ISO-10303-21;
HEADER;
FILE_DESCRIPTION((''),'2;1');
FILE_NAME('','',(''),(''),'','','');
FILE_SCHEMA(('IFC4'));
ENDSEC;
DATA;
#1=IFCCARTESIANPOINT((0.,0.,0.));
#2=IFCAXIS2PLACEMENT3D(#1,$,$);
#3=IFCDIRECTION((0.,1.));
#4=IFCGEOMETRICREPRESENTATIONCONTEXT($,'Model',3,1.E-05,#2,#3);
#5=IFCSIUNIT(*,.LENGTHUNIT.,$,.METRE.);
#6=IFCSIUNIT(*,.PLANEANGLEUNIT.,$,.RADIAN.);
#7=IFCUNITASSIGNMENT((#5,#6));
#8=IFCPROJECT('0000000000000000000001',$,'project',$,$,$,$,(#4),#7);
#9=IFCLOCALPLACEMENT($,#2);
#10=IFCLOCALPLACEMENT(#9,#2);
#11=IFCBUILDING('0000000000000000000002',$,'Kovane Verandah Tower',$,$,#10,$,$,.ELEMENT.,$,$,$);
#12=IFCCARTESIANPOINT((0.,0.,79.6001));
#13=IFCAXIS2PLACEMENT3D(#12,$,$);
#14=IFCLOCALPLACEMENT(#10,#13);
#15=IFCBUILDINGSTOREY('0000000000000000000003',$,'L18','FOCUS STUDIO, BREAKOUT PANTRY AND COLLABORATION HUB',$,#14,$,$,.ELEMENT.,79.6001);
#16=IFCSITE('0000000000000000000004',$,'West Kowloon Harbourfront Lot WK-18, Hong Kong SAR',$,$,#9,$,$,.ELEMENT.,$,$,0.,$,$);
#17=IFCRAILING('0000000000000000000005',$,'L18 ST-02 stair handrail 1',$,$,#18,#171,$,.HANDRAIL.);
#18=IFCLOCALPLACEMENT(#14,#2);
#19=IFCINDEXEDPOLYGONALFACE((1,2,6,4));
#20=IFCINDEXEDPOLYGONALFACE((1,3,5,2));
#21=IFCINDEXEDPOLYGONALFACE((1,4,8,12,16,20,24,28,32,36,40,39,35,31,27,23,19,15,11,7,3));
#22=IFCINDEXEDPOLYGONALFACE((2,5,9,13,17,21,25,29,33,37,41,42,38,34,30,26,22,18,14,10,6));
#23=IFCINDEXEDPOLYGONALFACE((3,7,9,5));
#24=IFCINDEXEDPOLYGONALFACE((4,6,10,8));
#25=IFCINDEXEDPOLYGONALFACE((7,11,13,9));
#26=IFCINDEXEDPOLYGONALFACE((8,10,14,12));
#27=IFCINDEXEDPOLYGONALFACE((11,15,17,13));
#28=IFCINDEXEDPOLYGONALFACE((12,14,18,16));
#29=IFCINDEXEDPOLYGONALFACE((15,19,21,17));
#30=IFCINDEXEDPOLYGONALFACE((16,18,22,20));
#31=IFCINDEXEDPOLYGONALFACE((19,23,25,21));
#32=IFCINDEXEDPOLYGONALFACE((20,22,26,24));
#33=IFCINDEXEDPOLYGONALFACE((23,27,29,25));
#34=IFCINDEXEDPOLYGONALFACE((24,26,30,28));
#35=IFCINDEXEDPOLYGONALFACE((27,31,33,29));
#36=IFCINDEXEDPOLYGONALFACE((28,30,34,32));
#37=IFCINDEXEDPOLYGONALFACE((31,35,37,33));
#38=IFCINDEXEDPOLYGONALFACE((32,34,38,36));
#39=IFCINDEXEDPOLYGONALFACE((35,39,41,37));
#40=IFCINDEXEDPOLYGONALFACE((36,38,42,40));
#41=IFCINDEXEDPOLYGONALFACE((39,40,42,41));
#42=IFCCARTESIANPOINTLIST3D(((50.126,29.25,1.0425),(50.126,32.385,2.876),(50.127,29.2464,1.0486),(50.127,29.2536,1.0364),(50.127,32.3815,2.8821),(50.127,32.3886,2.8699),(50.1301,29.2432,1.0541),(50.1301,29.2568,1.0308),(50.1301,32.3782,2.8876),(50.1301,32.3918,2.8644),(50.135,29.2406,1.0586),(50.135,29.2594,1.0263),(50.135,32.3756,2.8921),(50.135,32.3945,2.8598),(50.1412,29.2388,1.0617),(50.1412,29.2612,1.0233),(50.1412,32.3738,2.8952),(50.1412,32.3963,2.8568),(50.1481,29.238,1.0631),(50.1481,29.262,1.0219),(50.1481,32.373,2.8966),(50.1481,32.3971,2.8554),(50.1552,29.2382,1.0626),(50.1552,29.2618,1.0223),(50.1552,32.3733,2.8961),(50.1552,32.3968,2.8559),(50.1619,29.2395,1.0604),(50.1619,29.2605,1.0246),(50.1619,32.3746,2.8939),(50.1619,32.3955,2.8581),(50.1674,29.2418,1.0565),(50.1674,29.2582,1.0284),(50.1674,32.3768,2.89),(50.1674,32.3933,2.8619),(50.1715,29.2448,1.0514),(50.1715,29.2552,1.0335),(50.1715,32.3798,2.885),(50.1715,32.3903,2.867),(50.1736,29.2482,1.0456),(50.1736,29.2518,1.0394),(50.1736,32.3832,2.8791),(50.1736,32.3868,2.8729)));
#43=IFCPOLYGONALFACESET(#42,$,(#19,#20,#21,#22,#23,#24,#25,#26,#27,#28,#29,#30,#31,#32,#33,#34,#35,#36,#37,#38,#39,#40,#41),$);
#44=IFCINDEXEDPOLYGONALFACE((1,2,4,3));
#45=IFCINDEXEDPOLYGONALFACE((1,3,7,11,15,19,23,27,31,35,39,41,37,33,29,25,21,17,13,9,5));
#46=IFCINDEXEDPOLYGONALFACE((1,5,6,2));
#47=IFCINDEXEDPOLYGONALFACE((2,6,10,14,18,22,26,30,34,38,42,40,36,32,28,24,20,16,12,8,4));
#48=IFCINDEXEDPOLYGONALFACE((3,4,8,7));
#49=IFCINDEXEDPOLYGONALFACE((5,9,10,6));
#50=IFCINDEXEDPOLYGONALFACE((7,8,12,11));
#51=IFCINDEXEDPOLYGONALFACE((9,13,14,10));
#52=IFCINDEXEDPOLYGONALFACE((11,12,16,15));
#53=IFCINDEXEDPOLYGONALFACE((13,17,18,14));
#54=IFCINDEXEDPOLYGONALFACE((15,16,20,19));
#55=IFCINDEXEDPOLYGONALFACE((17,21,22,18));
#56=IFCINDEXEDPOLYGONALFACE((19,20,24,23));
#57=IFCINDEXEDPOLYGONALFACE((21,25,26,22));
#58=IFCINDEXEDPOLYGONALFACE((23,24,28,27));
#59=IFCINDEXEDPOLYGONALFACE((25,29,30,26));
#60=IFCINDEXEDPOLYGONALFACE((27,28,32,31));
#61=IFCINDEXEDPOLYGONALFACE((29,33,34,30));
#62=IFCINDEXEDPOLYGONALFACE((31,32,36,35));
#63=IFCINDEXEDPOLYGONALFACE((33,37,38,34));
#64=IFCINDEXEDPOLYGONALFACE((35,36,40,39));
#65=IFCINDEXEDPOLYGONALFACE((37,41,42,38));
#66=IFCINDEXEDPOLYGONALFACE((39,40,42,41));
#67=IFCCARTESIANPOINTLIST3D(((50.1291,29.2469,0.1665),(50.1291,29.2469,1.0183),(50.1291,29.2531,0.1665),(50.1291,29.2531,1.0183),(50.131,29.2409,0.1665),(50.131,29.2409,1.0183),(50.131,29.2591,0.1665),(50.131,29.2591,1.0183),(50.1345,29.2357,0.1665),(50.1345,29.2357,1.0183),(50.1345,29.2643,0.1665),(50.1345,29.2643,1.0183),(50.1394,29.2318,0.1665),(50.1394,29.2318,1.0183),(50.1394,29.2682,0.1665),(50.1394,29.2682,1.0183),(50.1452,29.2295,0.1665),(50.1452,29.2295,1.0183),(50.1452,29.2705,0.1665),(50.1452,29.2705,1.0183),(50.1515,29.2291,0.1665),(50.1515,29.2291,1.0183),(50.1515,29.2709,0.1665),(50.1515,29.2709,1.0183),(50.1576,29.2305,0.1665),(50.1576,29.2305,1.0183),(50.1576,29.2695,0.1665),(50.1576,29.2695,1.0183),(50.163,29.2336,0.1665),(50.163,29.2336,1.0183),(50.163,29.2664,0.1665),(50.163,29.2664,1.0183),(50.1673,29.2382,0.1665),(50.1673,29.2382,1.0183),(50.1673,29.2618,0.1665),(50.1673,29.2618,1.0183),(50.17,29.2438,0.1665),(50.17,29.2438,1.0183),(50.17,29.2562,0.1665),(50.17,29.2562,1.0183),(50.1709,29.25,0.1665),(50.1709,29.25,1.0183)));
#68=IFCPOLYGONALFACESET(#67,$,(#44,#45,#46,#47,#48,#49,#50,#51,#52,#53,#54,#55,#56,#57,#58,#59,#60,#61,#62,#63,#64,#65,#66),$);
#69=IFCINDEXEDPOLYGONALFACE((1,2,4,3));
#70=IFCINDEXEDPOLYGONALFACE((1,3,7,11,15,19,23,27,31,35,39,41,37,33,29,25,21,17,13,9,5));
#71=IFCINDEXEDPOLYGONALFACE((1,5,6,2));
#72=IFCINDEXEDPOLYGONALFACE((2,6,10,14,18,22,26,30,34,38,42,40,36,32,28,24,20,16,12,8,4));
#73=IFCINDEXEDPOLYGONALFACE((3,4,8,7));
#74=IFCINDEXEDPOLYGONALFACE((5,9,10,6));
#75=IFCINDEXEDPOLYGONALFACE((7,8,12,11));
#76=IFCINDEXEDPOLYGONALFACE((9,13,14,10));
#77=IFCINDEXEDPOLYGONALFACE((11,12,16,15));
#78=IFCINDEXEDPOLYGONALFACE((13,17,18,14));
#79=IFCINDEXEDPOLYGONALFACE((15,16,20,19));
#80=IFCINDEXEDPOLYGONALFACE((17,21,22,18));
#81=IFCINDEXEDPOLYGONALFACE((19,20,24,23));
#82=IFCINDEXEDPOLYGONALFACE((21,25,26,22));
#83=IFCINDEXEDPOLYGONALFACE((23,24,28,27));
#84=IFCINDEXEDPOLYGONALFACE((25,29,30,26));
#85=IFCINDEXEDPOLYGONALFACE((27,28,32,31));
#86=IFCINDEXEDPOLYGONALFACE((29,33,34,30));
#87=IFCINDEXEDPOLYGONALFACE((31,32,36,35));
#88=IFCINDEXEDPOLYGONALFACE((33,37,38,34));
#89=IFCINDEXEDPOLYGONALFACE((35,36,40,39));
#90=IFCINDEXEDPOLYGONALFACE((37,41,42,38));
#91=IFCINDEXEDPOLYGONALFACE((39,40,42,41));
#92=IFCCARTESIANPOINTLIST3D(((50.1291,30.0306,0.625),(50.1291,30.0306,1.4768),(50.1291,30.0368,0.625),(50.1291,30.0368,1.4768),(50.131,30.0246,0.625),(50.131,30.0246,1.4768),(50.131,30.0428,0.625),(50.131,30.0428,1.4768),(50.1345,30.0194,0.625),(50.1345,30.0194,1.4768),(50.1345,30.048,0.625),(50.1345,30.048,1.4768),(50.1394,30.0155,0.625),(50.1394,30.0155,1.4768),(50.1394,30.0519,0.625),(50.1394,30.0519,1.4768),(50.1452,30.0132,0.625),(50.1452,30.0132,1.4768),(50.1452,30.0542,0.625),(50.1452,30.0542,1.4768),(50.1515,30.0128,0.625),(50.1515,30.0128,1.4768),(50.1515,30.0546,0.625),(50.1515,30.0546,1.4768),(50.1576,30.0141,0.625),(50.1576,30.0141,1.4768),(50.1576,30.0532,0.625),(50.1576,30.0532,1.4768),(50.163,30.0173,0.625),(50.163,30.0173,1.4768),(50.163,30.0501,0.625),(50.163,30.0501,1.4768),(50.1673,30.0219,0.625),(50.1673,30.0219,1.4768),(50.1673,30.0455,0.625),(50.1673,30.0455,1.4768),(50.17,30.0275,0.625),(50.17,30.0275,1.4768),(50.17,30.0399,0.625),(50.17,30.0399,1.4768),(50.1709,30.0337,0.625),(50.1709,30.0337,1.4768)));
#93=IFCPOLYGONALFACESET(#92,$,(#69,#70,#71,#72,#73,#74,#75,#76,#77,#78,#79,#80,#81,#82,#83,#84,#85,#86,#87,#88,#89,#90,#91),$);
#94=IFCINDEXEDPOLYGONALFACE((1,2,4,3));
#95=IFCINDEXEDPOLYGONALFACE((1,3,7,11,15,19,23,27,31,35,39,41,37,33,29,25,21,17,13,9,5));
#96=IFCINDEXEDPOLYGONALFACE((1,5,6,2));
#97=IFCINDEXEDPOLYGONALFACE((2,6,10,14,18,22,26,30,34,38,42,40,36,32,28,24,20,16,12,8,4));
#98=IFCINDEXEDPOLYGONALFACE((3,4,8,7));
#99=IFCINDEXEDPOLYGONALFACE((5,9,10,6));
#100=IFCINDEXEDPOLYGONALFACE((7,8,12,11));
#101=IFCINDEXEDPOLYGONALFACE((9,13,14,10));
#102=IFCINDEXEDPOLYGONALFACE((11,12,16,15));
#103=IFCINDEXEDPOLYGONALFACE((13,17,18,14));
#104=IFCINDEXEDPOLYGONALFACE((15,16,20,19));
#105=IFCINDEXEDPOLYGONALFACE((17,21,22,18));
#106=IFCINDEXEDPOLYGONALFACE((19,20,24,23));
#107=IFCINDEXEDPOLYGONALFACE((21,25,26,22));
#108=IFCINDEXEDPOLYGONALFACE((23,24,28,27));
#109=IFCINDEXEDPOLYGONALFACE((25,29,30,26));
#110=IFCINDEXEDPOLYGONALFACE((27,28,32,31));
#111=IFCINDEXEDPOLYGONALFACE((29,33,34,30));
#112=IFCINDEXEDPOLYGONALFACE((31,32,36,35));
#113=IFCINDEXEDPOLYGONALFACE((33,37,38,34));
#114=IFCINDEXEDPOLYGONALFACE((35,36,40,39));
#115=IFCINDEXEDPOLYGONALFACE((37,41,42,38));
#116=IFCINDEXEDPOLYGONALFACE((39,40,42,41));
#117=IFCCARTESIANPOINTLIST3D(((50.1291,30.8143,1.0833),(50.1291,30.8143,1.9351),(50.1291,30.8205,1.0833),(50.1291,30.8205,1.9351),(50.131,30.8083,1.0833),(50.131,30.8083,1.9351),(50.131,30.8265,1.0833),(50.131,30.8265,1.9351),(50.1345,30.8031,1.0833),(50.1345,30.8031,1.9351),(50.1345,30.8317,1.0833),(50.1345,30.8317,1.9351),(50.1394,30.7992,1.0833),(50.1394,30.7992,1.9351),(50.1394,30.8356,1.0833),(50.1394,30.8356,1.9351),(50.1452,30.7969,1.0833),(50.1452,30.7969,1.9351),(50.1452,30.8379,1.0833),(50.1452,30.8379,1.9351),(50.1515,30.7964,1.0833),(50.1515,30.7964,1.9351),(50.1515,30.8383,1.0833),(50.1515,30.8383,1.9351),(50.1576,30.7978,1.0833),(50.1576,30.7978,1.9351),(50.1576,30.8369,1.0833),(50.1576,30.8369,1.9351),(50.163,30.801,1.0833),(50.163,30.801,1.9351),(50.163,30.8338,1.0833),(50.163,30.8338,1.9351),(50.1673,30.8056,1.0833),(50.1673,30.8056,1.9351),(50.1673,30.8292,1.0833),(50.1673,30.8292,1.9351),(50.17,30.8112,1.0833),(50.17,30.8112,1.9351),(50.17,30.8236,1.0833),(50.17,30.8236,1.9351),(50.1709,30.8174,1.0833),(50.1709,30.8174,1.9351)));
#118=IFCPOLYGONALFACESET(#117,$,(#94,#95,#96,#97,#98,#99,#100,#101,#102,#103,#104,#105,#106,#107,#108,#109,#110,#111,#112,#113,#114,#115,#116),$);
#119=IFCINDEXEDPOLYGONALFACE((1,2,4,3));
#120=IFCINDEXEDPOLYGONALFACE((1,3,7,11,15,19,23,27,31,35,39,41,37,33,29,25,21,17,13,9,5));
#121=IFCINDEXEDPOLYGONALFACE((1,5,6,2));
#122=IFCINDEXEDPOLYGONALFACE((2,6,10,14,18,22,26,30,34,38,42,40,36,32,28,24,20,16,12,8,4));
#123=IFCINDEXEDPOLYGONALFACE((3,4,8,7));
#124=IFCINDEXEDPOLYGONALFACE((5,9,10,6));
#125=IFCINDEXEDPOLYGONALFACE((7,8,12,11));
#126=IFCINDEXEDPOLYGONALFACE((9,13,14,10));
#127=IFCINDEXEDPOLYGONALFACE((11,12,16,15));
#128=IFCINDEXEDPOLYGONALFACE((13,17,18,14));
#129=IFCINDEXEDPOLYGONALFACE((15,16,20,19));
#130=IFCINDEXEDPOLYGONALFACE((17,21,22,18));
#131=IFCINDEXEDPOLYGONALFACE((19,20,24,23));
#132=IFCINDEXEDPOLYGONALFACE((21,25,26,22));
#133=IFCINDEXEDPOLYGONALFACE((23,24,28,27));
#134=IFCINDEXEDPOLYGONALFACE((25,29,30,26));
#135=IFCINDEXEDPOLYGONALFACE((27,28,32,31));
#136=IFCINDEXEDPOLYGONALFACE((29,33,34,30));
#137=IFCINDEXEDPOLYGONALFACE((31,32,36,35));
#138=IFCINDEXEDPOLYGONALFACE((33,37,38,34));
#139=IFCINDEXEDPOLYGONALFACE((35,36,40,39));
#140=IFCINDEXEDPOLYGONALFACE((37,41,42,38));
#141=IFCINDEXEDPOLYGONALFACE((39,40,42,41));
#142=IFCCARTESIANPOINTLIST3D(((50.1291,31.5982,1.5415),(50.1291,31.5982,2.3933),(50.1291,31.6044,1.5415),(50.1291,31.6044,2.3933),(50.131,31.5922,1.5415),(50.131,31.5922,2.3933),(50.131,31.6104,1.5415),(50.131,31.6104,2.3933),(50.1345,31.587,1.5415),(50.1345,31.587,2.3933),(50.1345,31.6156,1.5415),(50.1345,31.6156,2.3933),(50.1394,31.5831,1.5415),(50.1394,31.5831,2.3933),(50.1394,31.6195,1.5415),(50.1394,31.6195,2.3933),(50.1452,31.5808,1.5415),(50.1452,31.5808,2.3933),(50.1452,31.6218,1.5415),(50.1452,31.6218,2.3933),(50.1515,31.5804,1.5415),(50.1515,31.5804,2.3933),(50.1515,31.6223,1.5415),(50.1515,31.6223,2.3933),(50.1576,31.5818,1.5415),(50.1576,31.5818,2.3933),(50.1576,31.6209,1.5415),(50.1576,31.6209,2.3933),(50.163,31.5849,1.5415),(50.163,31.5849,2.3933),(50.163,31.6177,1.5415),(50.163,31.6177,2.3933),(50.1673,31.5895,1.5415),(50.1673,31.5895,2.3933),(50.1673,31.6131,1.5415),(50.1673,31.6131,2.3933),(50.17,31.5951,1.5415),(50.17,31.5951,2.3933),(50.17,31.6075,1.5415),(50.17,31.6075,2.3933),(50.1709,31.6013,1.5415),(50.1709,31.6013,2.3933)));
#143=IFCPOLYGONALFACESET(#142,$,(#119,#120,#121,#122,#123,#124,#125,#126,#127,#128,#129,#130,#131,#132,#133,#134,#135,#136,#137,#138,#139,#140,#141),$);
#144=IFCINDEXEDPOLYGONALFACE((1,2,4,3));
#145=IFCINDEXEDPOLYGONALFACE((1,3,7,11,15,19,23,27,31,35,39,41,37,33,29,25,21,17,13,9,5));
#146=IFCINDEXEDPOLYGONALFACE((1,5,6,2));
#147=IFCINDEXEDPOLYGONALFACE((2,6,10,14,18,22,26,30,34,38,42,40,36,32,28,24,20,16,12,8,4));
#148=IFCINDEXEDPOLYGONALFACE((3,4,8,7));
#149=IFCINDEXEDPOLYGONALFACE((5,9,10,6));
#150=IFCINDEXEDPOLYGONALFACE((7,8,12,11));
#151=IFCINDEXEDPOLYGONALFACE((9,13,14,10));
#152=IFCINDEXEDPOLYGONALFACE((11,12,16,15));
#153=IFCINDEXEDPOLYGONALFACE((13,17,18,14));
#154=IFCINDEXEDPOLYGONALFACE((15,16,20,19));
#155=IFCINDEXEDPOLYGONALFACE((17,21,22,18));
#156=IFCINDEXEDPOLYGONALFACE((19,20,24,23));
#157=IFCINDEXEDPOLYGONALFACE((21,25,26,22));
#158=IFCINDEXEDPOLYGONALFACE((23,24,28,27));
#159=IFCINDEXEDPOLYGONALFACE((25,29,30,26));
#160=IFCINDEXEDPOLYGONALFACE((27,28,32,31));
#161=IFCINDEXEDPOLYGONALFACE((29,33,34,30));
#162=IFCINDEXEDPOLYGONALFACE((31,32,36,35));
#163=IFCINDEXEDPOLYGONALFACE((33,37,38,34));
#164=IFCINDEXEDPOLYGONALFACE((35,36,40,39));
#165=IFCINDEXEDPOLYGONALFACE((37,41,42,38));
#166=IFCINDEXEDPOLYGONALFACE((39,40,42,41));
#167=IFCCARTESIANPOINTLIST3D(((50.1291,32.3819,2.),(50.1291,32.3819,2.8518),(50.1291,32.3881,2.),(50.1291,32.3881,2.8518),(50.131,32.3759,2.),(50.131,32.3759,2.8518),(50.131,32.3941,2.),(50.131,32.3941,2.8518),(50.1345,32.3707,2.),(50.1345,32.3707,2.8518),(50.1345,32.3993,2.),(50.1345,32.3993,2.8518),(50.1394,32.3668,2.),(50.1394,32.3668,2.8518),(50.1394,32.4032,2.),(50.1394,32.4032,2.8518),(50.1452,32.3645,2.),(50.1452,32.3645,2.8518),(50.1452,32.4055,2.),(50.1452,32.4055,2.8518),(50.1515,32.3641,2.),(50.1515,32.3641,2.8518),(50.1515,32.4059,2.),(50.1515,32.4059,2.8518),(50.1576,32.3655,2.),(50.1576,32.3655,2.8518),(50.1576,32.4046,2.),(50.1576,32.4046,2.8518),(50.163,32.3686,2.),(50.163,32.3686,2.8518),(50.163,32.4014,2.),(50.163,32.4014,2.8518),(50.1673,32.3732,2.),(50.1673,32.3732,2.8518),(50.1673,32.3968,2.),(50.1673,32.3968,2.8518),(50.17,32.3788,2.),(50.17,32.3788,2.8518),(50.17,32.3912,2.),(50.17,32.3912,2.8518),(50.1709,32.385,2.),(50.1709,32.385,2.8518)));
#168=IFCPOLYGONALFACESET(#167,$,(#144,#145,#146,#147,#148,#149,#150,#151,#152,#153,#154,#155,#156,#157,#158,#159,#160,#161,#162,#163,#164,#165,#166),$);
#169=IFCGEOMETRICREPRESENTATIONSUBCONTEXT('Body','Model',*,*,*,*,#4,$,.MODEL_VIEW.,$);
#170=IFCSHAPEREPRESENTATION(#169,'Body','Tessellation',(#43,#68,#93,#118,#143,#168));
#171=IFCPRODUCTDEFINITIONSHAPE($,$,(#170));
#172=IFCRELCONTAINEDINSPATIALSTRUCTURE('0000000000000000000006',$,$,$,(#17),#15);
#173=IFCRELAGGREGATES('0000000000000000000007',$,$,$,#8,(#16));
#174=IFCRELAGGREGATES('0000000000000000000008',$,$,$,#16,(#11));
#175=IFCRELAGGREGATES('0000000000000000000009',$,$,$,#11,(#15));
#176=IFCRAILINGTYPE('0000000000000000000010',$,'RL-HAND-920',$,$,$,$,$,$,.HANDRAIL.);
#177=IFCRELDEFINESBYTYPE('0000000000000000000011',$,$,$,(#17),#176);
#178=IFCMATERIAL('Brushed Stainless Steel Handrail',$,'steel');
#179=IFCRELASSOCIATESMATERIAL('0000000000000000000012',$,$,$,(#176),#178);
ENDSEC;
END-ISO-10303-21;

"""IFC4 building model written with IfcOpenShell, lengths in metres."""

from ifc_helpers import new_model, si_unit, direction, frame, origin, origin_2d, place, context, subcontext, project, spatial, circle, extrude, material, type_object, element, save


model = new_model("IFC4")

# Units and contexts
model_context = context("Model", 3, precision=1e-05, world=origin(), true_north=direction((0.0, 1.0)))
body_context = subcontext(model_context, "Body", "Model", "MODEL_VIEW")
ifc_project = project(units=[si_unit("LENGTHUNIT", "METRE"), si_unit("PLANEANGLEUNIT", "RADIAN")], contexts=[model_context])

# Site, building, storey
site_placement = place(None, origin())
site = spatial("IfcSite", under=ifc_project, at=site_placement, Name="West Kowloon Harbourfront Lot WK-18, Hong Kong SAR", CompositionType="ELEMENT", RefElevation=0.0)
building_placement = place(site_placement, origin())
building = spatial("IfcBuilding", under=site, at=building_placement, Name="Kovane Verandah Tower", CompositionType="ELEMENT")
storey_placement = place(building_placement, frame((0.0, 0.0, 79.6001)))
storey = spatial("IfcBuildingStorey", under=building, at=storey_placement, Name="L18", Description="FOCUS STUDIO, BREAKOUT PANTRY AND COLLABORATION HUB", CompositionType="ELEMENT", Elevation=79.6001)

# Railing
ifc_material_1 = material(Name="Brushed Stainless Steel Handrail", Category="steel")
railing_type_1 = type_object("IfcRailingType", Name="RL-HAND-920", PredefinedType="HANDRAIL", material=ifc_material_1)
railing_1_placement = place(storey_placement, frame((50.1499, 29.25, 0.1665)))
element("IfcRailing", 1, at=railing_1_placement, inside=storey, type_object=railing_type_1, Name="L18 ST-02 stair handrail 1", PredefinedType="HANDRAIL", context=body_context, shape_type="SweptSolid", body=[
    extrude(circle(Radius=0.0239, at=origin_2d()), frame((0.0, 0.0, 0.876), z_axis=(0.0, 0.86321, 0.504845), x_axis=(-1.0, 0.0, 0.0)), (0.0, 0.0, 1.0), 3.6318),
    extrude(circle(Radius=0.021, at=origin_2d()), origin(), (0.0, 0.0, 1.0), 0.8518),
    extrude(circle(Radius=0.021, at=origin_2d()), frame((0.0, 0.7837, 0.4585)), (0.0, 0.0, 1.0), 0.8518),
    extrude(circle(Radius=0.021, at=origin_2d()), frame((0.0, 1.5674, 0.9167)), (0.0, 0.0, 1.0), 0.8518),
    extrude(circle(Radius=0.021, at=origin_2d()), frame((0.0, 2.3513, 1.375)), (0.0, 0.0, 1.0), 0.8518),
    extrude(circle(Radius=0.021, at=origin_2d()), frame((0.0, 3.135, 1.8335)), (0.0, 0.0, 1.0), 0.8518),
])

save(model, "model.ifc")
